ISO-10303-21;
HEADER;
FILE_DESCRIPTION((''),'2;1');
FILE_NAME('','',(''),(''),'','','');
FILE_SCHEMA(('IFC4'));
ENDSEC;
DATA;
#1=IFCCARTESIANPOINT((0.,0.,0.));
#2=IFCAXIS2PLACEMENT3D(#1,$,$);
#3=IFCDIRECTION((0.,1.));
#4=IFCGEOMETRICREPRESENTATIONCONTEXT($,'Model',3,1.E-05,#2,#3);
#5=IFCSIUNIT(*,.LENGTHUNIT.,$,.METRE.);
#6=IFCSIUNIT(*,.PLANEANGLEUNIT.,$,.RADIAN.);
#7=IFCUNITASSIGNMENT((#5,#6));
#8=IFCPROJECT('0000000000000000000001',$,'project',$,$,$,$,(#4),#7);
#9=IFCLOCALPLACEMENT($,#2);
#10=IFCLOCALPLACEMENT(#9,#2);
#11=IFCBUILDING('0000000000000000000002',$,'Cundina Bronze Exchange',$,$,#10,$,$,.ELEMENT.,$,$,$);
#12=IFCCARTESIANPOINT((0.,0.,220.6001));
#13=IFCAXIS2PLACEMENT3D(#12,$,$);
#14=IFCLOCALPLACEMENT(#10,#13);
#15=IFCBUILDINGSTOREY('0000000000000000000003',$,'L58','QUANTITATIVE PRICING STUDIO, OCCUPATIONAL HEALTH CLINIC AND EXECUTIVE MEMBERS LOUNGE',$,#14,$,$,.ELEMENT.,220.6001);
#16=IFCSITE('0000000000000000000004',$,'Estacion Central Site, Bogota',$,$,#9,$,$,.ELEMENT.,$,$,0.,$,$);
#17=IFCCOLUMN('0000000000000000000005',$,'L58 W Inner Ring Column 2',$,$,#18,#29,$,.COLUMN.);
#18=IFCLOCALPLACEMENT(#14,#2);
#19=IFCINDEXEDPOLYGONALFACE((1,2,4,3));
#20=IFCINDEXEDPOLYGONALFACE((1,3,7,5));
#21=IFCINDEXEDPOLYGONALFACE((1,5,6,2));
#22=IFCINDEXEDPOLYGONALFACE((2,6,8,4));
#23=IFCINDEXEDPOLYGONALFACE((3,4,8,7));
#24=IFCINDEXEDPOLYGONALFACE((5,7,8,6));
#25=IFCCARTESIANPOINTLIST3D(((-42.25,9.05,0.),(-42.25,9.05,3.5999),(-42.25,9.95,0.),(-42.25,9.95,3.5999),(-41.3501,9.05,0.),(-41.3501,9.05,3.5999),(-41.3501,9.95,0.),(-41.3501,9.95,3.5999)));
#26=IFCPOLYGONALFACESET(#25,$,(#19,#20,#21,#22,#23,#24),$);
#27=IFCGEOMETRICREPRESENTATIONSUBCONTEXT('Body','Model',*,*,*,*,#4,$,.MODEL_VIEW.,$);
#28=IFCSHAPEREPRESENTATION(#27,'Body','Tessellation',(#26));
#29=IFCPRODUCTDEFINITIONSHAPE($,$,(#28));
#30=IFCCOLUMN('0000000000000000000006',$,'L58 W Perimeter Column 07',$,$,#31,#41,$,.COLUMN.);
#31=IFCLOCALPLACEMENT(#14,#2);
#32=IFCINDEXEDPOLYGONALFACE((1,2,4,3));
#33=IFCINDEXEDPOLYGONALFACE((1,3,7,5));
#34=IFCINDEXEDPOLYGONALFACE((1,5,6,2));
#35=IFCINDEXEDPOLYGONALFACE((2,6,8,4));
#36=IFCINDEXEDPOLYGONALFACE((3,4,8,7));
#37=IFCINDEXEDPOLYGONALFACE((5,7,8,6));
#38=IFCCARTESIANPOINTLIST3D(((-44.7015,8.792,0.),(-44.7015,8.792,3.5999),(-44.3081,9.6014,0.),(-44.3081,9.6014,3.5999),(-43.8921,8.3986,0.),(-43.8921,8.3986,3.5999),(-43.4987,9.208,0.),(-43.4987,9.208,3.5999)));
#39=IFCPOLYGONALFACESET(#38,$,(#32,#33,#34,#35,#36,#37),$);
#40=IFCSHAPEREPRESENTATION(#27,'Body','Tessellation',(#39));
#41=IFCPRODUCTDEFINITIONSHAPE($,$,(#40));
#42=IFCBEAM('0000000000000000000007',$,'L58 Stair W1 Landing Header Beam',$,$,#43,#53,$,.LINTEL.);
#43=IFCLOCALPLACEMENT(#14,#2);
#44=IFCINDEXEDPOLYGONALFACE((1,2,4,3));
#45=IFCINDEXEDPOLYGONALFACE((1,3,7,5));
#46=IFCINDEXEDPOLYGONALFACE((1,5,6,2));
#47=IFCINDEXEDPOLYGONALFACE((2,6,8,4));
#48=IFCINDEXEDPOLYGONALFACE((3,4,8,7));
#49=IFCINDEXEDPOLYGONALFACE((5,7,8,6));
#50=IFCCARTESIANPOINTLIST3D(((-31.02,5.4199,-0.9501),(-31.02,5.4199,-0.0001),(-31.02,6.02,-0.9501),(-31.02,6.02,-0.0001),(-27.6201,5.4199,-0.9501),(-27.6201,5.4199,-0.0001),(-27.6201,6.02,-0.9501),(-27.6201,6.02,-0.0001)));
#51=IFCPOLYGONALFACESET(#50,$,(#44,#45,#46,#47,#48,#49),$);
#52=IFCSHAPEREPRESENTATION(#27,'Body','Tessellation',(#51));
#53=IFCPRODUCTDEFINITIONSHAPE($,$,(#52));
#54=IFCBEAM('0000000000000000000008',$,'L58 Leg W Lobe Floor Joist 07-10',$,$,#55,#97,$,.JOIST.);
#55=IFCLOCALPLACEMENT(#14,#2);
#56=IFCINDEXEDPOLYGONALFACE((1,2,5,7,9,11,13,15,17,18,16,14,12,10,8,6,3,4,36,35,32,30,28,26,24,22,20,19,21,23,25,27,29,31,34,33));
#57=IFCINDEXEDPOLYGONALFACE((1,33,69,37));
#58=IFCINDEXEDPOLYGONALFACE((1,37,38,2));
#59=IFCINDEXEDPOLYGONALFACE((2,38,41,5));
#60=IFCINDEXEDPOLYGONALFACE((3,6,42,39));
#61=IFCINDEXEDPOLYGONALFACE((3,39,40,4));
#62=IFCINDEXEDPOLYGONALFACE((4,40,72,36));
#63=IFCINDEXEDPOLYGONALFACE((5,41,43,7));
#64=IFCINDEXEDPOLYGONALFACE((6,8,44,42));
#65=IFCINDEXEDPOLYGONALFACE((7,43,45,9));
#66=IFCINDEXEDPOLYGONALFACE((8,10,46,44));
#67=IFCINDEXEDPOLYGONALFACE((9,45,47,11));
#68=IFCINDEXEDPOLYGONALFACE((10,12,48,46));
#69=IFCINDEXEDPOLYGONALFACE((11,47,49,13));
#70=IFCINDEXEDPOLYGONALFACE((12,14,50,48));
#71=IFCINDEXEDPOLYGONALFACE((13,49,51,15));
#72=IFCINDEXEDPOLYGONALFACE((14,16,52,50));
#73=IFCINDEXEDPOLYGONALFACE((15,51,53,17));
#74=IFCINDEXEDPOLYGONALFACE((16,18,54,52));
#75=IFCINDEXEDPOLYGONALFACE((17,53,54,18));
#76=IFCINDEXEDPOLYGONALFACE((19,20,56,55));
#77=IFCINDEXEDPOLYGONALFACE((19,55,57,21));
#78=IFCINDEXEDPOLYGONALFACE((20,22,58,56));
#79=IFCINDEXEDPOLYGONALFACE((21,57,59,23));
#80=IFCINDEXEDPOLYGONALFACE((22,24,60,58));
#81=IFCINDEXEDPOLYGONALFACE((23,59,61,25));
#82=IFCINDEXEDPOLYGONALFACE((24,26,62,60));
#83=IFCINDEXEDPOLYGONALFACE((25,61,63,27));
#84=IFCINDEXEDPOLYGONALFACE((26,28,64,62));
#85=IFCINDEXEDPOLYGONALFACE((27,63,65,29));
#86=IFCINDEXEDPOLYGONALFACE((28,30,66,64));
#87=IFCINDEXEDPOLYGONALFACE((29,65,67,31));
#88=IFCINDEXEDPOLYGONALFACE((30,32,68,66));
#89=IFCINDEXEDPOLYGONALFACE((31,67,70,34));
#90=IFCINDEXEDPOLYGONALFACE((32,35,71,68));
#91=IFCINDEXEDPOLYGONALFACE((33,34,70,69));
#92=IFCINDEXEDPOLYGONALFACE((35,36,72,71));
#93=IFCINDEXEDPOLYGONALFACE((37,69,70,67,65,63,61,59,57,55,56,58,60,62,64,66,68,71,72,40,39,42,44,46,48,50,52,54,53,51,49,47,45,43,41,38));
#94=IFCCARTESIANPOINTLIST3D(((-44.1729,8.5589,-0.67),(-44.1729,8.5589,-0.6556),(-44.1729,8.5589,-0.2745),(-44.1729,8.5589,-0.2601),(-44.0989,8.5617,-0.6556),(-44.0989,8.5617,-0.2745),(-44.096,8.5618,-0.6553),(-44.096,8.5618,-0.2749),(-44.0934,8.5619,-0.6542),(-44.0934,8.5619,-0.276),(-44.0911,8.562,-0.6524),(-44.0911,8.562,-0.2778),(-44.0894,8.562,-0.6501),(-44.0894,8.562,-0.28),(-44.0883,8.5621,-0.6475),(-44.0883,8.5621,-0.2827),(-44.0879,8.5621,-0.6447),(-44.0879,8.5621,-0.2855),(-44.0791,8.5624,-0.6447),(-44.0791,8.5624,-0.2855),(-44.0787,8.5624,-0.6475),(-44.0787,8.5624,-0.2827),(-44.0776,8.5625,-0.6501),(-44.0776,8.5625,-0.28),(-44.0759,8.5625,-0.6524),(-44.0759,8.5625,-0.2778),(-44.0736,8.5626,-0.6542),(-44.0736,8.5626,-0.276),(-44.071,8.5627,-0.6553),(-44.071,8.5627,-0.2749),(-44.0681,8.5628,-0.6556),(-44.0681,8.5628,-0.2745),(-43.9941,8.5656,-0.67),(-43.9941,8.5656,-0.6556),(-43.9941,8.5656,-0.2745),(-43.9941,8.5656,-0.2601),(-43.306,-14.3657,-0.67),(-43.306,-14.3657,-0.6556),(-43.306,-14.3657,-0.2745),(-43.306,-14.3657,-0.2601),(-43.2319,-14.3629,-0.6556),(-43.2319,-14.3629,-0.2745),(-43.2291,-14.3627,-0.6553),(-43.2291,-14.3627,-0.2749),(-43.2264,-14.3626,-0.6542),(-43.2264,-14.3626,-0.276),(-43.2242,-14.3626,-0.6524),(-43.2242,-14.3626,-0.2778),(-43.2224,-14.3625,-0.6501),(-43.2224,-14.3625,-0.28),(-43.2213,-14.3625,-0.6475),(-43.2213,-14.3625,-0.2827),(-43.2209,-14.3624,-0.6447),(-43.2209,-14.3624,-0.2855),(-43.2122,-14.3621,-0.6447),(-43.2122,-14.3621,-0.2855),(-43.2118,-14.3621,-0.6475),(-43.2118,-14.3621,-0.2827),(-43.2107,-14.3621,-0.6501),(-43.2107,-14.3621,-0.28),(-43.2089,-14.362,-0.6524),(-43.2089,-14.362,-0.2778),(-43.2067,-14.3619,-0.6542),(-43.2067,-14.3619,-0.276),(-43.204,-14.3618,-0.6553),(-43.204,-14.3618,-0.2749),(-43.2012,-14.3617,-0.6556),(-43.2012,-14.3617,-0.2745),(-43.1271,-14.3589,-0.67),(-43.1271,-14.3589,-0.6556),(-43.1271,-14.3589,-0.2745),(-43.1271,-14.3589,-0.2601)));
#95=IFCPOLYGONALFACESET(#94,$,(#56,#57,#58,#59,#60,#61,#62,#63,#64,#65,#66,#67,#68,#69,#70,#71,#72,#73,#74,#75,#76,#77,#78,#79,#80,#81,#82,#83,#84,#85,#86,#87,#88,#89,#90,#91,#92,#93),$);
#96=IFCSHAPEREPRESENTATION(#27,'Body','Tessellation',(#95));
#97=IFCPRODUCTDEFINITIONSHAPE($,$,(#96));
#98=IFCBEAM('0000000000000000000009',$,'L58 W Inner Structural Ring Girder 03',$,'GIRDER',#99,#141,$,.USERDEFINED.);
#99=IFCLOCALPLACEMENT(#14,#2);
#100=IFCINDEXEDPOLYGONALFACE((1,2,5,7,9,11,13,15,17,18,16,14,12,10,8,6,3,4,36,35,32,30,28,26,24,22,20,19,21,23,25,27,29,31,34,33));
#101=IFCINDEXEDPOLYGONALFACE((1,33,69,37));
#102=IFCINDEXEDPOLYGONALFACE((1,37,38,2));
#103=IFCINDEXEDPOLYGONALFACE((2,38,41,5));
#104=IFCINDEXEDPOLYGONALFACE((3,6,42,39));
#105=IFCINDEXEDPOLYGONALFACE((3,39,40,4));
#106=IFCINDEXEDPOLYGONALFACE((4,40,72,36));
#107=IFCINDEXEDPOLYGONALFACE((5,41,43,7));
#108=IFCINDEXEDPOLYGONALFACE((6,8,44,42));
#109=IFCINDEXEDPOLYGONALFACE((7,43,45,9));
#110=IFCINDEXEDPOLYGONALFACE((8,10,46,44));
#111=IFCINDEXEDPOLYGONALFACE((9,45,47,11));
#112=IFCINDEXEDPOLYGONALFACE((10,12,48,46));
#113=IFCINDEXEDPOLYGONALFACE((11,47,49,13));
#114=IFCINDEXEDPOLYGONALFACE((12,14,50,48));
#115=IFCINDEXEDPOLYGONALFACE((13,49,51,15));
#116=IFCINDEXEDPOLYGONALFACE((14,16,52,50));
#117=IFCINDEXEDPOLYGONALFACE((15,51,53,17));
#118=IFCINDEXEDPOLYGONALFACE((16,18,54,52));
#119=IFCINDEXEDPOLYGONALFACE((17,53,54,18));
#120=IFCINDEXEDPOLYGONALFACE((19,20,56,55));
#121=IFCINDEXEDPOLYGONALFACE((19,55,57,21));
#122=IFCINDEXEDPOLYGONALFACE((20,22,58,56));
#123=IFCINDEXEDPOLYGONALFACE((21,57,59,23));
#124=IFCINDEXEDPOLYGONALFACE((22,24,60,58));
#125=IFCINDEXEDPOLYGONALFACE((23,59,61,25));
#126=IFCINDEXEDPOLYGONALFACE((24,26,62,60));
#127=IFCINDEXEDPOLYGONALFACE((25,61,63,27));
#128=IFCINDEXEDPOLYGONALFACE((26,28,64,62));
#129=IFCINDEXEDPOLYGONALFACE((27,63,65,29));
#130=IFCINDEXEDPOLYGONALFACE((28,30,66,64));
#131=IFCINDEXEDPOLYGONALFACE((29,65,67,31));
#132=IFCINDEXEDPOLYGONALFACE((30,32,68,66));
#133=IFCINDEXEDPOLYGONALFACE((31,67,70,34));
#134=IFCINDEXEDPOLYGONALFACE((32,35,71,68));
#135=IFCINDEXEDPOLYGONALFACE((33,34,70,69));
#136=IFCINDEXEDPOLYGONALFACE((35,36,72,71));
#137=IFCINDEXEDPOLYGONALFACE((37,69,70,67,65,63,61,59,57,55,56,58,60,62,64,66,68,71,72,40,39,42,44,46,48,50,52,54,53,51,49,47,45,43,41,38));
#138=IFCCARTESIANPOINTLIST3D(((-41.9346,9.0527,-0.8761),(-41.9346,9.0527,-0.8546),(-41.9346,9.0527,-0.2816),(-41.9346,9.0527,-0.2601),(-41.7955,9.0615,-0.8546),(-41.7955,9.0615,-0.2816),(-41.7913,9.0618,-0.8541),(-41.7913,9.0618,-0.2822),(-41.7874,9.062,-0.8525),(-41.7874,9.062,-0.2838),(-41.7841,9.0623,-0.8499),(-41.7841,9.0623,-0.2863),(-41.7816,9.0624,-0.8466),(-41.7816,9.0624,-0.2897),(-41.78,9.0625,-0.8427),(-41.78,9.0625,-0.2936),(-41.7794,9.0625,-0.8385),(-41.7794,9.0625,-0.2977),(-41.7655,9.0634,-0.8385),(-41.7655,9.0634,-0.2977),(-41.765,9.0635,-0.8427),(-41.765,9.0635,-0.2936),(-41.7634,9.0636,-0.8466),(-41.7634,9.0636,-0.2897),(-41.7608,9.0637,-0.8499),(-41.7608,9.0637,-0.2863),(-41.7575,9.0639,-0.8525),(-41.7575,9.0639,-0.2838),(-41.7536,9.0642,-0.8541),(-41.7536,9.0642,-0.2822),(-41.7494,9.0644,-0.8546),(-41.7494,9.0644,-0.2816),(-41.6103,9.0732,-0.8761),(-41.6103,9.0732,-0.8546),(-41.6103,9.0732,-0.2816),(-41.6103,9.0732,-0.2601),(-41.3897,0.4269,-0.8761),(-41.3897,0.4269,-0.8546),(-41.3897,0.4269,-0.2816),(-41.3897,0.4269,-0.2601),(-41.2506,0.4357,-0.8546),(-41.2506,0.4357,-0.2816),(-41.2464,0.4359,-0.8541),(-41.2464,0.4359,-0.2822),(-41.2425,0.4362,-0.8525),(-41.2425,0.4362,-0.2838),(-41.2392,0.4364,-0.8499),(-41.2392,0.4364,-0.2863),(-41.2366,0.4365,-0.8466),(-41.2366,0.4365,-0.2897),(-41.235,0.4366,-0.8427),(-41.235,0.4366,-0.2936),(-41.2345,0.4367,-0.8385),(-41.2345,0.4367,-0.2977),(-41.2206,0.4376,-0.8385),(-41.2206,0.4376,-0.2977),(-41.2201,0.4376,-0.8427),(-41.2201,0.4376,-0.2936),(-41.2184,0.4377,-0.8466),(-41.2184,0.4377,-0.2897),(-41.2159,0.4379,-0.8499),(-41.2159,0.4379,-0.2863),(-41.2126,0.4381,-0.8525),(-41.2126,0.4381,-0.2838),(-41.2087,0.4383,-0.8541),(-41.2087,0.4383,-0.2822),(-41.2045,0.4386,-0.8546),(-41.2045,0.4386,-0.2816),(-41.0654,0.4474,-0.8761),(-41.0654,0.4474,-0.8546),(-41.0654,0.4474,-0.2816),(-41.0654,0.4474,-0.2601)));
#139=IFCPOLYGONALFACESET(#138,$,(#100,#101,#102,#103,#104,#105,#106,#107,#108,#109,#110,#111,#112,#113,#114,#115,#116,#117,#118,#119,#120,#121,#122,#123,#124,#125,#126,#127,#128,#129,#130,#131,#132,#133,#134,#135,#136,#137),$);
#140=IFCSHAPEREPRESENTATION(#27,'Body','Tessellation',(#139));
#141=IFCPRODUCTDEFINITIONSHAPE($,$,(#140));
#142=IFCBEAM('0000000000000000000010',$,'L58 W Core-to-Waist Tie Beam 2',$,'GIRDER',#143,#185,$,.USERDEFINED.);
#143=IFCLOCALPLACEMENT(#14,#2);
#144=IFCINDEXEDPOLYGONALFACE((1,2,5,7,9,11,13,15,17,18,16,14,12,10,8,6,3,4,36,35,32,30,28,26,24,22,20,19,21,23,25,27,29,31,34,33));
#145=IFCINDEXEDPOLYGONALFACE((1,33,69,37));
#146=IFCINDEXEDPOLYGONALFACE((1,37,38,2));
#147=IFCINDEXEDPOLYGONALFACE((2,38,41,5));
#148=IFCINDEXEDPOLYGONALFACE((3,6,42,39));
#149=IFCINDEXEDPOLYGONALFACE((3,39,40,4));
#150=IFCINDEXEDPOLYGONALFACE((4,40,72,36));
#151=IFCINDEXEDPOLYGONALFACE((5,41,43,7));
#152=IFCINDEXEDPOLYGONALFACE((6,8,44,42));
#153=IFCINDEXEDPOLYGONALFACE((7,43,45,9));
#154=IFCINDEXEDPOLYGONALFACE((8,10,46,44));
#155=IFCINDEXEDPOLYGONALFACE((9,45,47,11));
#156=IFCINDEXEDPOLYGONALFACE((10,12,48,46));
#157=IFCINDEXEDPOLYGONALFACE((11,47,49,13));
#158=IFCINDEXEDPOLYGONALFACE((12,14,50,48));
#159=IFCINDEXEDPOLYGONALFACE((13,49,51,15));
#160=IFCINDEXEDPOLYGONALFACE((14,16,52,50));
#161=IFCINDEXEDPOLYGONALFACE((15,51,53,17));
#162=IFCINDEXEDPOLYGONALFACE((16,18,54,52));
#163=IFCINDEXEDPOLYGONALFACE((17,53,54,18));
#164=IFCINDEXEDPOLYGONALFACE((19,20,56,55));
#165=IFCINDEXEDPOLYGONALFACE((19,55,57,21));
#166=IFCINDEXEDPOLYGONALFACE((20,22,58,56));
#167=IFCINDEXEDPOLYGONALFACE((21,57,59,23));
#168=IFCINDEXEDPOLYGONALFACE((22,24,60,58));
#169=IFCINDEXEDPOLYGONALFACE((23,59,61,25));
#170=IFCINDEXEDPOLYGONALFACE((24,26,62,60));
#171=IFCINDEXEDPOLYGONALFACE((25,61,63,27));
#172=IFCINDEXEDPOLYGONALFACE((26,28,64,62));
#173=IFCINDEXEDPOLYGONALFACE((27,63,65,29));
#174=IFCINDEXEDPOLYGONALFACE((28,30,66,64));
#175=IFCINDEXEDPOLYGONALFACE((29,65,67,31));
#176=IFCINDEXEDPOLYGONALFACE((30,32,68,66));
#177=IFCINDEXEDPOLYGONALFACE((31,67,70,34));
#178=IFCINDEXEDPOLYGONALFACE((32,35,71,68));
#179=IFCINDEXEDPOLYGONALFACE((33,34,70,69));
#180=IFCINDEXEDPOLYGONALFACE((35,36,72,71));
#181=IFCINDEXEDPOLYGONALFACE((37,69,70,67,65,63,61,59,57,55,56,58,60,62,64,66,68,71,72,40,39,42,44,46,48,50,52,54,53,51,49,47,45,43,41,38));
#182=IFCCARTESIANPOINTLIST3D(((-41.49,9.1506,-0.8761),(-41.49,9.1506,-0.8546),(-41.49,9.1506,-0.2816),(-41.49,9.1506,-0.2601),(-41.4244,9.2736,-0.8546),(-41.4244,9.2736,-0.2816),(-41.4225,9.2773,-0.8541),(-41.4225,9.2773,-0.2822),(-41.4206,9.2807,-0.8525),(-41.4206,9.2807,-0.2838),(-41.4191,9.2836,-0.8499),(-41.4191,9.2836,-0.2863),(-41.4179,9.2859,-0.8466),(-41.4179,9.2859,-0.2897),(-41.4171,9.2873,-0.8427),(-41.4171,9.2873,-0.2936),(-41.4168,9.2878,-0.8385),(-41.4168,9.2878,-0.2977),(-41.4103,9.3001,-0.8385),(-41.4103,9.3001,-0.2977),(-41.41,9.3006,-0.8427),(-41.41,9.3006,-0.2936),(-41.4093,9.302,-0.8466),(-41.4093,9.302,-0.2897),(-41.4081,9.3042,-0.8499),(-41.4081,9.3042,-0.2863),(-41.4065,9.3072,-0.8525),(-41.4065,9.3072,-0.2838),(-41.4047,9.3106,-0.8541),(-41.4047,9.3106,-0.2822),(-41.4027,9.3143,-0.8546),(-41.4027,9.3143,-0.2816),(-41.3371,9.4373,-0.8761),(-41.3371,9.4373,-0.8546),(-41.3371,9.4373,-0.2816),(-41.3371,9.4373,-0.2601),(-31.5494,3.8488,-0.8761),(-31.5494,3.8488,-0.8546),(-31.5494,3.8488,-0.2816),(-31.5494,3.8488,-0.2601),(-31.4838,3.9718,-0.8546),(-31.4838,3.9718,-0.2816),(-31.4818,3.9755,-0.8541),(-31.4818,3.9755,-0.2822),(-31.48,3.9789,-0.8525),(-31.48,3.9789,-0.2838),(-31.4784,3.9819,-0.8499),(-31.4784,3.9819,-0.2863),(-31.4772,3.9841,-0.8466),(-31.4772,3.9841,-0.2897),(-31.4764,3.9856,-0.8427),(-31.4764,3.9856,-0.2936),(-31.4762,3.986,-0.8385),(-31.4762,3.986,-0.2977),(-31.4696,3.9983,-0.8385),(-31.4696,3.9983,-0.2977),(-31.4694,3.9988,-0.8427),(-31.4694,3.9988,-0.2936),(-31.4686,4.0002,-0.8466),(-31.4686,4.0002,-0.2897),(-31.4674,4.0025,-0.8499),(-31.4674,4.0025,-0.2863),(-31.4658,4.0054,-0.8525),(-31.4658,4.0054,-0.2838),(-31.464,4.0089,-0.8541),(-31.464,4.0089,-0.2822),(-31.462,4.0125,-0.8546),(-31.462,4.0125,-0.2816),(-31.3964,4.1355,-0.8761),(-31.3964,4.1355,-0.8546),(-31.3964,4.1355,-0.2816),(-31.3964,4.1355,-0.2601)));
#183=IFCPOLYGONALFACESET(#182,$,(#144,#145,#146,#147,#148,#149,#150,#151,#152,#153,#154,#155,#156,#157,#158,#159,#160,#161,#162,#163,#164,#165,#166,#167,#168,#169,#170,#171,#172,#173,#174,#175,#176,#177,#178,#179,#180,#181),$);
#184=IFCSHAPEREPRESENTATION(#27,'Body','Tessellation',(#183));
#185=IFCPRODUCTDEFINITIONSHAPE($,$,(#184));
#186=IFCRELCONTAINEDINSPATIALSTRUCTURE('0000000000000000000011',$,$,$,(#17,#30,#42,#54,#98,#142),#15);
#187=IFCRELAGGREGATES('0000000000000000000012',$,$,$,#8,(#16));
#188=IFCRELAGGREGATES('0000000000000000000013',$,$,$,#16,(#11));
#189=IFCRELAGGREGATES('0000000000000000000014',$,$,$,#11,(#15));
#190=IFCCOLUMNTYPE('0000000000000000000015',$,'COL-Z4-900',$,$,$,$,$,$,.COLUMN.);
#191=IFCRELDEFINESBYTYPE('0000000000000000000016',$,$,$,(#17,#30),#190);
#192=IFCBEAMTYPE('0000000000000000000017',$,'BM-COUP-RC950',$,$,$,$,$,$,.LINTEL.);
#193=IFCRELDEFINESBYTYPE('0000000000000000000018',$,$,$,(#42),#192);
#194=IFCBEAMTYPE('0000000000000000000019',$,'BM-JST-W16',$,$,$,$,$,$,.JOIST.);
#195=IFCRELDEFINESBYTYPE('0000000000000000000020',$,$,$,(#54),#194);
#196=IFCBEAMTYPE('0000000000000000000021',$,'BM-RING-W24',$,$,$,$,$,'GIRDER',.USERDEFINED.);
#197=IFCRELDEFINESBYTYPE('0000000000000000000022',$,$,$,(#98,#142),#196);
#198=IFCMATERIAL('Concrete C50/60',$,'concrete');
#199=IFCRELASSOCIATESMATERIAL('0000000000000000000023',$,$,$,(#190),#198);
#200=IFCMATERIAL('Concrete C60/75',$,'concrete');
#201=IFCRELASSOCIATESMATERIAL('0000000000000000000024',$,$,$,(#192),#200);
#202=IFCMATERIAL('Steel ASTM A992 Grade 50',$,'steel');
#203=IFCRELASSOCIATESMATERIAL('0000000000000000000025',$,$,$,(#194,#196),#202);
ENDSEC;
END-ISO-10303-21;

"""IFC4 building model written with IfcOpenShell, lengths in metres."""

from ifc_helpers import new_model, si_unit, direction, frame, origin, origin_2d, place, context, subcontext, project, spatial, rectangle, i_section, extrude, material, material_profile, profile_set, type_object, element, save


model = new_model("IFC4")

# Units and contexts
model_context = context("Model", 3, precision=1e-05, world=origin(), true_north=direction((0.0, 1.0)))
body_context = subcontext(model_context, "Body", "Model", "MODEL_VIEW")
ifc_project = project(units=[si_unit("LENGTHUNIT", "METRE"), si_unit("PLANEANGLEUNIT", "RADIAN")], contexts=[model_context])

# Site, building, storey
site_placement = place(None, origin())
site = spatial("IfcSite", under=ifc_project, at=site_placement, Name="Estacion Central Site, Bogota", CompositionType="ELEMENT", RefElevation=0.0)
building_placement = place(site_placement, origin())
building = spatial("IfcBuilding", under=site, at=building_placement, Name="Cundina Bronze Exchange", CompositionType="ELEMENT")
storey_placement = place(building_placement, frame((0.0, 0.0, 220.6001)))
storey = spatial("IfcBuildingStorey", under=building, at=storey_placement, Name="L58", Description="QUANTITATIVE PRICING STUDIO, OCCUPATIONAL HEALTH CLINIC AND EXECUTIVE MEMBERS LOUNGE", CompositionType="ELEMENT", Elevation=220.6001)

# Columns
ifc_material_1 = material(Name="Concrete C50/60", Category="concrete")
ifc_material_profile_1 = material_profile(ifc_material_1, rectangle(XDim=0.8999, YDim=0.8999, at=origin_2d()), Name="RC900X900", Category="concrete")
ifc_profile_set_1 = profile_set([ifc_material_profile_1], Name="Concrete C50/60")
column_type = type_object("IfcColumnType", Name="COL-Z4-900", PredefinedType="COLUMN", material=ifc_profile_set_1)
for number, where, z_axis, x_axis, name in (
    (1, (-41.8, 9.5, 0.0), (0.0, 0.0, 1.0), (1.0, 0.0, 0.0), "L58 W Inner Ring Column 2"),
    (2, (-44.1001, 9.0, 0.0), (0.0, 0.0, 1.0), (-0.437116, -0.899405, 0.0), "L58 W Perimeter Column 07"),
):
    element("IfcColumn", number, at=place(storey_placement, frame(where, z_axis=z_axis, x_axis=x_axis)), inside=storey, type_object=column_type, Name=name, PredefinedType="COLUMN", context=body_context, shape_type="SweptSolid", body=[
        extrude(rectangle(XDim=0.8999, YDim=0.8999, at=origin_2d()), origin(), (0.0, 0.0, 1.0), 3.5999),
    ])

# Beams
ifc_material_2 = material(Name="Concrete C60/75", Category="concrete")
ifc_material_profile_2 = material_profile(ifc_material_2, rectangle(XDim=0.6001, YDim=0.95, at=origin_2d()), Name="RC600X950", Category="concrete")
ifc_profile_set_2 = profile_set([ifc_material_profile_2], Name="Concrete C60/75")
beam_type_1 = type_object("IfcBeamType", Name="BM-COUP-RC950", PredefinedType="LINTEL", material=ifc_profile_set_2)
beam_1_placement = place(storey_placement, frame((-31.02, 5.72, -0.4751), z_axis=(1.0, 0.0, 0.0), x_axis=(0.0, 1.0, 0.0)))
element("IfcBeam", 3, at=beam_1_placement, inside=storey, type_object=beam_type_1, Name="L58 Stair W1 Landing Header Beam", PredefinedType="LINTEL", context=body_context, shape_type="SweptSolid", body=[
    extrude(rectangle(XDim=0.6001, YDim=0.95, at=origin_2d()), origin(), (0.0, 0.0, 1.0), 3.3999),
])
ifc_material_3 = material(Name="Steel ASTM A992 Grade 50", Category="steel")
ifc_material_profile_3 = material_profile(ifc_material_3, i_section(OverallWidth=0.179, OverallDepth=0.4099, WebThickness=0.0088, FlangeThickness=0.0144, FilletRadius=0.011, at=origin_2d()), Name="W16X45", Category="steel")
ifc_profile_set_3 = profile_set([ifc_material_profile_3], Name="Steel ASTM A992 Grade 50")
beam_type_2 = type_object("IfcBeamType", Name="BM-JST-W16", PredefinedType="JOIST", material=ifc_profile_set_3)
beam_2_placement = place(storey_placement, frame((-44.0835, 8.5623, -0.4651), z_axis=(0.03779, -0.999286, 0.0), x_axis=(0.999286, 0.03779, 0.0)))
element("IfcBeam", 4, at=beam_2_placement, inside=storey, type_object=beam_type_2, Name="L58 Leg W Lobe Floor Joist 07-10", PredefinedType="JOIST", context=body_context, shape_type="SweptSolid", body=[
    extrude(i_section(OverallWidth=0.179, OverallDepth=0.4099, WebThickness=0.0088, FlangeThickness=0.0144, FilletRadius=0.011, at=origin_2d()), origin(), (0.0, 0.0, 1.0), 22.9409),
])
ifc_material_profile_4 = material_profile(ifc_material_3, i_section(OverallWidth=0.325, OverallDepth=0.616, WebThickness=0.0139, FlangeThickness=0.0215, FilletRadius=0.0161, at=origin_2d()), Name="W24X117", Category="steel")
ifc_profile_set_4 = profile_set([ifc_material_profile_4], Name="Steel ASTM A992 Grade 50")
beam_type_3 = type_object("IfcBeamType", Name="BM-RING-W24", ElementType="GIRDER", PredefinedType="USERDEFINED", material=ifc_profile_set_4)
beam_3_placement = place(storey_placement, frame((-41.7725, 9.063, -0.5681), z_axis=(0.063047, -0.998011, 0.0), x_axis=(0.998011, 0.063047, 0.0)))
element("IfcBeam", 5, at=beam_3_placement, inside=storey, type_object=beam_type_3, Name="L58 W Inner Structural Ring Girder 03", ObjectType="GIRDER", PredefinedType="USERDEFINED", context=body_context, shape_type="SweptSolid", body=[
    extrude(i_section(OverallWidth=0.325, OverallDepth=0.616, WebThickness=0.0139, FlangeThickness=0.0215, FilletRadius=0.0161, at=origin_2d()), origin(), (0.0, 0.0, 1.0), 8.6431),
])
beam_4_placement = place(storey_placement, frame((-31.4729, 3.9922, -0.5681), z_axis=(-0.882351, 0.470593, 0.0), x_axis=(-0.470593, -0.882351, 0.0)))
element("IfcBeam", 6, at=beam_4_placement, inside=storey, type_object=beam_type_3, Name="L58 W Core-to-Waist Tie Beam 2", ObjectType="GIRDER", PredefinedType="USERDEFINED", context=body_context, shape_type="SweptSolid", body=[
    extrude(i_section(OverallWidth=0.325, OverallDepth=0.616, WebThickness=0.0139, FlangeThickness=0.0215, FilletRadius=0.0161, at=origin_2d()), origin(), (0.0, 0.0, 1.0), 11.2661),
])

save(model, "model.ifc")
